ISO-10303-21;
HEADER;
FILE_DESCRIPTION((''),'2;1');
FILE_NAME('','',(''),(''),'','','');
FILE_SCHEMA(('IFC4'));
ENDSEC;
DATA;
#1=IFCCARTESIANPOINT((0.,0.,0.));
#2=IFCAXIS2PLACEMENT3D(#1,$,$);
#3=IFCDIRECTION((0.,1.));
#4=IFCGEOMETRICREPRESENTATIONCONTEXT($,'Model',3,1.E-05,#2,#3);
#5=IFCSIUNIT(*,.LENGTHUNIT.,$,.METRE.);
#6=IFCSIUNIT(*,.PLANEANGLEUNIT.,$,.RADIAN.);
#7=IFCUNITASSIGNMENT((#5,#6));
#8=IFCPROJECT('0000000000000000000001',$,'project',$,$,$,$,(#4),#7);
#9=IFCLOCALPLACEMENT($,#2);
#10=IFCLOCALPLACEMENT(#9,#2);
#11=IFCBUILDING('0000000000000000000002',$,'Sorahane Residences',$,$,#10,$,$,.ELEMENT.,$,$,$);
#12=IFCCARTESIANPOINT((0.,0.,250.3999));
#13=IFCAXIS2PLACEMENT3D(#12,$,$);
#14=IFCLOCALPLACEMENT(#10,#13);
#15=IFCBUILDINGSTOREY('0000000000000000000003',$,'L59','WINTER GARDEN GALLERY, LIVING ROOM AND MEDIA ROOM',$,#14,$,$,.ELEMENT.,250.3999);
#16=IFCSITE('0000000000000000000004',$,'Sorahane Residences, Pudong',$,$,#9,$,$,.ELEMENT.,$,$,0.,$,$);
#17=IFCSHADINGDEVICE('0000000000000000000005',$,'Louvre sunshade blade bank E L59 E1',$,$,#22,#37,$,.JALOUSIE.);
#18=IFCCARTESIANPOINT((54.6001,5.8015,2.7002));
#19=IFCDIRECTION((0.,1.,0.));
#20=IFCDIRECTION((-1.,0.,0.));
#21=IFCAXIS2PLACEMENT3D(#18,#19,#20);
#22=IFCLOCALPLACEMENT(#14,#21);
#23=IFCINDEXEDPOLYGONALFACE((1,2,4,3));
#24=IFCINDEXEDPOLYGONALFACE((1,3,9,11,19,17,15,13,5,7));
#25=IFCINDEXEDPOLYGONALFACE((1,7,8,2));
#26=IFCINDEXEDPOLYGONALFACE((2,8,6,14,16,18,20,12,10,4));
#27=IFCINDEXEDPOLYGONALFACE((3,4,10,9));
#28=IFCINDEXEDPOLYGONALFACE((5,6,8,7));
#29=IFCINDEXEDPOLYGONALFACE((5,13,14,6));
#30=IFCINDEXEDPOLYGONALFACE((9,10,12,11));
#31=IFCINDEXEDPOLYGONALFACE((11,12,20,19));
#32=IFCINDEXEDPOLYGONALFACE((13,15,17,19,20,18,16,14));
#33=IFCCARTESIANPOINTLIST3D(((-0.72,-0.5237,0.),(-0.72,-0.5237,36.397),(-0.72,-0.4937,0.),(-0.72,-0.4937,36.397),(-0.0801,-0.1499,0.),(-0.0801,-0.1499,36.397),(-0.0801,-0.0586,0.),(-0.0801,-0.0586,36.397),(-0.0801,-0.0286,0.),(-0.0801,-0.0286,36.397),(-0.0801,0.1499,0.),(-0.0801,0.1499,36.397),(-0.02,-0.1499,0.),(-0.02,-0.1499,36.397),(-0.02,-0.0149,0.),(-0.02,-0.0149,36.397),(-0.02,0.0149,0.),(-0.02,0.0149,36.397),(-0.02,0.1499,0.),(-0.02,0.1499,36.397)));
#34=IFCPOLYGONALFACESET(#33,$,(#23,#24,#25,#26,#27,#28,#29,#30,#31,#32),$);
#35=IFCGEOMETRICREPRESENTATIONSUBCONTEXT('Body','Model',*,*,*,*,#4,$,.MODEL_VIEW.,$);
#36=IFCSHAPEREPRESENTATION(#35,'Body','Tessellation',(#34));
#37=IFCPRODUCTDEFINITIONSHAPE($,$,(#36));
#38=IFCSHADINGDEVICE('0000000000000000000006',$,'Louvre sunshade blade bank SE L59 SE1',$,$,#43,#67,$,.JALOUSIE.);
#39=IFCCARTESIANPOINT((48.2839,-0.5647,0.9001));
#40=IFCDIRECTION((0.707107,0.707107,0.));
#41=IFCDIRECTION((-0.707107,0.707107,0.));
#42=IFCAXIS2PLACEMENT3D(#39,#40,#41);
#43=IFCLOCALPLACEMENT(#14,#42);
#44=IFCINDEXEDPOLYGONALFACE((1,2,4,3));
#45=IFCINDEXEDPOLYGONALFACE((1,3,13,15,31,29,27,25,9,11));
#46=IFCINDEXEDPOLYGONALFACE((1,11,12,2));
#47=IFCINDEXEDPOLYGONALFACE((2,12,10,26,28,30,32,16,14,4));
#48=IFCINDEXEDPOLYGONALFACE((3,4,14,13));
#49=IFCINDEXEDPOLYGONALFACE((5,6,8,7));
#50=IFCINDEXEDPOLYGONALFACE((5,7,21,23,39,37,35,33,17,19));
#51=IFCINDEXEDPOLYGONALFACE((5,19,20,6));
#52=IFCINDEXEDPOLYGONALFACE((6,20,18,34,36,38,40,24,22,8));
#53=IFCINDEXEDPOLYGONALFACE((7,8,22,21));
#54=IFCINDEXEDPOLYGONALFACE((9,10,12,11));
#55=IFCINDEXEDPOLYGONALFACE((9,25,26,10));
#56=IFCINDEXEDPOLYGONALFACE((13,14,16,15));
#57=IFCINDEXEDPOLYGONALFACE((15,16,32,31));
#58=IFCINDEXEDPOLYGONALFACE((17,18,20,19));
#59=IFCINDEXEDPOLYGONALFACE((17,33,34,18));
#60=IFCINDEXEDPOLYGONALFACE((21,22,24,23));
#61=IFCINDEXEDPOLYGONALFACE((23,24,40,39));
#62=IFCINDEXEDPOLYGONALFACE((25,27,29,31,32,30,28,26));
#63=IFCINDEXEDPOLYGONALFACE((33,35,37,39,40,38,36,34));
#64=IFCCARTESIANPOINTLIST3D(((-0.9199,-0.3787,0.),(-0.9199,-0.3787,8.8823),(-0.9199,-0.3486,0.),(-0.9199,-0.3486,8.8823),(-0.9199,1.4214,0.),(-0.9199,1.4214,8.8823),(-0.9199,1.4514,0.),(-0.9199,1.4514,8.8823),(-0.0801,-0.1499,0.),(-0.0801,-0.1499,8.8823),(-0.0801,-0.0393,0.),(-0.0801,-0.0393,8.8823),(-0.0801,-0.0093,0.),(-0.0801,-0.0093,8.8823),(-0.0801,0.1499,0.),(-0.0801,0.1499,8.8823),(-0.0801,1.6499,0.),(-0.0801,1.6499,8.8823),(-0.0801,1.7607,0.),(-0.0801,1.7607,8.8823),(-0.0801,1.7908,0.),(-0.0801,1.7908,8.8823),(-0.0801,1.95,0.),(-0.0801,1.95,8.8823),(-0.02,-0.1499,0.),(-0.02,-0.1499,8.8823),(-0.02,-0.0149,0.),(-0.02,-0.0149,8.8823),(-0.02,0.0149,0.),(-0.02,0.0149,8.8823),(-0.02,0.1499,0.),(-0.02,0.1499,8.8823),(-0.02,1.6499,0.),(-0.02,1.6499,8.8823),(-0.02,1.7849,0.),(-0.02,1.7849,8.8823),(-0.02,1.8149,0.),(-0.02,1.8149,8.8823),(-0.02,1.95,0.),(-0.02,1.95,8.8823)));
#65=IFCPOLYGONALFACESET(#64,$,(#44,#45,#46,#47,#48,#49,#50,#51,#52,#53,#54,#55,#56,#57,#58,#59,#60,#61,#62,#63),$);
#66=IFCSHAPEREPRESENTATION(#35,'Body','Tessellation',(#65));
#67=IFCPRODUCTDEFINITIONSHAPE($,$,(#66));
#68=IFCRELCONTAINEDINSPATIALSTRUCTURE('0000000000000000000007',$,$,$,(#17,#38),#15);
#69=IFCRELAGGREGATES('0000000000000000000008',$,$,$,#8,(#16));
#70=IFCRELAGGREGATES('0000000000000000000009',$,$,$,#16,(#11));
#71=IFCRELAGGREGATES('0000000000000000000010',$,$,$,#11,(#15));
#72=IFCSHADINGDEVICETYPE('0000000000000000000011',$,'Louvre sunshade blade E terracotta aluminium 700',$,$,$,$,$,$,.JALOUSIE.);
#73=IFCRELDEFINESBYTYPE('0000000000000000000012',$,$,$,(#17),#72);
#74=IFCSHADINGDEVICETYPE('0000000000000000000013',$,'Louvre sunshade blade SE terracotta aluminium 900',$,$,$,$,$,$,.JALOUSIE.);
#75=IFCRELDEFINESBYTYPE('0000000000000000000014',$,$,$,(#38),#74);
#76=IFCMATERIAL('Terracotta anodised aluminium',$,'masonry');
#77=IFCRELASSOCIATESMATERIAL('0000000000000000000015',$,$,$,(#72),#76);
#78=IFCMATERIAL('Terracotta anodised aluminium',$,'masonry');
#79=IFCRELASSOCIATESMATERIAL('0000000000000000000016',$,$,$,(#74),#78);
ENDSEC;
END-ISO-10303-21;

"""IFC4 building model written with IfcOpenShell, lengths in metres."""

from ifc_helpers import new_model, si_unit, direction, frame, origin, place, context, subcontext, project, spatial, polyline, outline, composite_profile, extrude, material, type_object, element, save


model = new_model("IFC4")

# Units and contexts
model_context = context("Model", 3, precision=1e-05, world=origin(), true_north=direction((0.0, 1.0)))
body_context = subcontext(model_context, "Body", "Model", "MODEL_VIEW")
ifc_project = project(units=[si_unit("LENGTHUNIT", "METRE"), si_unit("PLANEANGLEUNIT", "RADIAN")], contexts=[model_context])

# Site, building, storey
site_placement = place(None, origin())
site = spatial("IfcSite", under=ifc_project, at=site_placement, Name="Sorahane Residences, Pudong", CompositionType="ELEMENT", RefElevation=0.0)
building_placement = place(site_placement, origin())
building = spatial("IfcBuilding", under=site, at=building_placement, Name="Sorahane Residences", CompositionType="ELEMENT")
storey_placement = place(building_placement, frame((0.0, 0.0, 250.3999)))
storey = spatial("IfcBuildingStorey", under=building, at=storey_placement, Name="L59", Description="WINTER GARDEN GALLERY, LIVING ROOM AND MEDIA ROOM", CompositionType="ELEMENT", Elevation=250.3999)

# Shading devices
ifc_material_1 = material(Name="Terracotta anodised aluminium", Category="masonry")
shading_device_type_1 = type_object("IfcShadingDeviceType", Name="Louvre sunshade blade E terracotta aluminium 700", PredefinedType="JALOUSIE", material=ifc_material_1)
shading_device_1_placement = place(storey_placement, frame((54.6001, 5.8015, 2.7002), z_axis=(0.0, 1.0, 0.0), x_axis=(-1.0, 0.0, 0.0)))
element("IfcShadingDevice", 1, at=shading_device_1_placement, inside=storey, type_object=shading_device_type_1, Name="Louvre sunshade blade bank E L59 E1", PredefinedType="JALOUSIE", context=body_context, shape_type="SweptSolid", body=[
    extrude(outline(polyline([(-0.72, -0.4937), (-0.72, -0.5237), (-0.0801, -0.0586), (-0.0801, -0.1499), (-0.02, -0.1499), (-0.02, -0.0149), (-0.02, 0.0149), (-0.02, 0.1499), (-0.0801, 0.1499), (-0.0801, -0.0286), (-0.72, -0.4937)])), origin(), (0.0, 0.0, 1.0), 36.397),
])
ifc_material_2 = material(Name="Terracotta anodised aluminium", Category="masonry")
shading_device_type_2 = type_object("IfcShadingDeviceType", Name="Louvre sunshade blade SE terracotta aluminium 900", PredefinedType="JALOUSIE", material=ifc_material_2)
shading_device_2_placement = place(storey_placement, frame((48.2839, -0.5647, 0.9001), z_axis=(0.707107, 0.707107, 0.0), x_axis=(-0.707107, 0.707107, 0.0)))
element("IfcShadingDevice", 2, at=shading_device_2_placement, inside=storey, type_object=shading_device_type_2, Name="Louvre sunshade blade bank SE L59 SE1", PredefinedType="JALOUSIE", context=body_context, shape_type="SweptSolid", body=[
    extrude(composite_profile([outline(polyline([(-0.9199, -0.3486), (-0.9199, -0.3787), (-0.0801, -0.0393), (-0.0801, -0.1499), (-0.02, -0.1499), (-0.02, -0.0149), (-0.02, 0.0149), (-0.02, 0.1499), (-0.0801, 0.1499), (-0.0801, -0.0093), (-0.9199, -0.3486)])), outline(polyline([(-0.9199, 1.4514), (-0.9199, 1.4214), (-0.0801, 1.7607), (-0.0801, 1.6499), (-0.02, 1.6499), (-0.02, 1.7849), (-0.02, 1.8149), (-0.02, 1.95), (-0.0801, 1.95), (-0.0801, 1.7908), (-0.9199, 1.4514)]))]), origin(), (0.0, 0.0, 1.0), 8.8823),
])

save(model, "model.ifc")
